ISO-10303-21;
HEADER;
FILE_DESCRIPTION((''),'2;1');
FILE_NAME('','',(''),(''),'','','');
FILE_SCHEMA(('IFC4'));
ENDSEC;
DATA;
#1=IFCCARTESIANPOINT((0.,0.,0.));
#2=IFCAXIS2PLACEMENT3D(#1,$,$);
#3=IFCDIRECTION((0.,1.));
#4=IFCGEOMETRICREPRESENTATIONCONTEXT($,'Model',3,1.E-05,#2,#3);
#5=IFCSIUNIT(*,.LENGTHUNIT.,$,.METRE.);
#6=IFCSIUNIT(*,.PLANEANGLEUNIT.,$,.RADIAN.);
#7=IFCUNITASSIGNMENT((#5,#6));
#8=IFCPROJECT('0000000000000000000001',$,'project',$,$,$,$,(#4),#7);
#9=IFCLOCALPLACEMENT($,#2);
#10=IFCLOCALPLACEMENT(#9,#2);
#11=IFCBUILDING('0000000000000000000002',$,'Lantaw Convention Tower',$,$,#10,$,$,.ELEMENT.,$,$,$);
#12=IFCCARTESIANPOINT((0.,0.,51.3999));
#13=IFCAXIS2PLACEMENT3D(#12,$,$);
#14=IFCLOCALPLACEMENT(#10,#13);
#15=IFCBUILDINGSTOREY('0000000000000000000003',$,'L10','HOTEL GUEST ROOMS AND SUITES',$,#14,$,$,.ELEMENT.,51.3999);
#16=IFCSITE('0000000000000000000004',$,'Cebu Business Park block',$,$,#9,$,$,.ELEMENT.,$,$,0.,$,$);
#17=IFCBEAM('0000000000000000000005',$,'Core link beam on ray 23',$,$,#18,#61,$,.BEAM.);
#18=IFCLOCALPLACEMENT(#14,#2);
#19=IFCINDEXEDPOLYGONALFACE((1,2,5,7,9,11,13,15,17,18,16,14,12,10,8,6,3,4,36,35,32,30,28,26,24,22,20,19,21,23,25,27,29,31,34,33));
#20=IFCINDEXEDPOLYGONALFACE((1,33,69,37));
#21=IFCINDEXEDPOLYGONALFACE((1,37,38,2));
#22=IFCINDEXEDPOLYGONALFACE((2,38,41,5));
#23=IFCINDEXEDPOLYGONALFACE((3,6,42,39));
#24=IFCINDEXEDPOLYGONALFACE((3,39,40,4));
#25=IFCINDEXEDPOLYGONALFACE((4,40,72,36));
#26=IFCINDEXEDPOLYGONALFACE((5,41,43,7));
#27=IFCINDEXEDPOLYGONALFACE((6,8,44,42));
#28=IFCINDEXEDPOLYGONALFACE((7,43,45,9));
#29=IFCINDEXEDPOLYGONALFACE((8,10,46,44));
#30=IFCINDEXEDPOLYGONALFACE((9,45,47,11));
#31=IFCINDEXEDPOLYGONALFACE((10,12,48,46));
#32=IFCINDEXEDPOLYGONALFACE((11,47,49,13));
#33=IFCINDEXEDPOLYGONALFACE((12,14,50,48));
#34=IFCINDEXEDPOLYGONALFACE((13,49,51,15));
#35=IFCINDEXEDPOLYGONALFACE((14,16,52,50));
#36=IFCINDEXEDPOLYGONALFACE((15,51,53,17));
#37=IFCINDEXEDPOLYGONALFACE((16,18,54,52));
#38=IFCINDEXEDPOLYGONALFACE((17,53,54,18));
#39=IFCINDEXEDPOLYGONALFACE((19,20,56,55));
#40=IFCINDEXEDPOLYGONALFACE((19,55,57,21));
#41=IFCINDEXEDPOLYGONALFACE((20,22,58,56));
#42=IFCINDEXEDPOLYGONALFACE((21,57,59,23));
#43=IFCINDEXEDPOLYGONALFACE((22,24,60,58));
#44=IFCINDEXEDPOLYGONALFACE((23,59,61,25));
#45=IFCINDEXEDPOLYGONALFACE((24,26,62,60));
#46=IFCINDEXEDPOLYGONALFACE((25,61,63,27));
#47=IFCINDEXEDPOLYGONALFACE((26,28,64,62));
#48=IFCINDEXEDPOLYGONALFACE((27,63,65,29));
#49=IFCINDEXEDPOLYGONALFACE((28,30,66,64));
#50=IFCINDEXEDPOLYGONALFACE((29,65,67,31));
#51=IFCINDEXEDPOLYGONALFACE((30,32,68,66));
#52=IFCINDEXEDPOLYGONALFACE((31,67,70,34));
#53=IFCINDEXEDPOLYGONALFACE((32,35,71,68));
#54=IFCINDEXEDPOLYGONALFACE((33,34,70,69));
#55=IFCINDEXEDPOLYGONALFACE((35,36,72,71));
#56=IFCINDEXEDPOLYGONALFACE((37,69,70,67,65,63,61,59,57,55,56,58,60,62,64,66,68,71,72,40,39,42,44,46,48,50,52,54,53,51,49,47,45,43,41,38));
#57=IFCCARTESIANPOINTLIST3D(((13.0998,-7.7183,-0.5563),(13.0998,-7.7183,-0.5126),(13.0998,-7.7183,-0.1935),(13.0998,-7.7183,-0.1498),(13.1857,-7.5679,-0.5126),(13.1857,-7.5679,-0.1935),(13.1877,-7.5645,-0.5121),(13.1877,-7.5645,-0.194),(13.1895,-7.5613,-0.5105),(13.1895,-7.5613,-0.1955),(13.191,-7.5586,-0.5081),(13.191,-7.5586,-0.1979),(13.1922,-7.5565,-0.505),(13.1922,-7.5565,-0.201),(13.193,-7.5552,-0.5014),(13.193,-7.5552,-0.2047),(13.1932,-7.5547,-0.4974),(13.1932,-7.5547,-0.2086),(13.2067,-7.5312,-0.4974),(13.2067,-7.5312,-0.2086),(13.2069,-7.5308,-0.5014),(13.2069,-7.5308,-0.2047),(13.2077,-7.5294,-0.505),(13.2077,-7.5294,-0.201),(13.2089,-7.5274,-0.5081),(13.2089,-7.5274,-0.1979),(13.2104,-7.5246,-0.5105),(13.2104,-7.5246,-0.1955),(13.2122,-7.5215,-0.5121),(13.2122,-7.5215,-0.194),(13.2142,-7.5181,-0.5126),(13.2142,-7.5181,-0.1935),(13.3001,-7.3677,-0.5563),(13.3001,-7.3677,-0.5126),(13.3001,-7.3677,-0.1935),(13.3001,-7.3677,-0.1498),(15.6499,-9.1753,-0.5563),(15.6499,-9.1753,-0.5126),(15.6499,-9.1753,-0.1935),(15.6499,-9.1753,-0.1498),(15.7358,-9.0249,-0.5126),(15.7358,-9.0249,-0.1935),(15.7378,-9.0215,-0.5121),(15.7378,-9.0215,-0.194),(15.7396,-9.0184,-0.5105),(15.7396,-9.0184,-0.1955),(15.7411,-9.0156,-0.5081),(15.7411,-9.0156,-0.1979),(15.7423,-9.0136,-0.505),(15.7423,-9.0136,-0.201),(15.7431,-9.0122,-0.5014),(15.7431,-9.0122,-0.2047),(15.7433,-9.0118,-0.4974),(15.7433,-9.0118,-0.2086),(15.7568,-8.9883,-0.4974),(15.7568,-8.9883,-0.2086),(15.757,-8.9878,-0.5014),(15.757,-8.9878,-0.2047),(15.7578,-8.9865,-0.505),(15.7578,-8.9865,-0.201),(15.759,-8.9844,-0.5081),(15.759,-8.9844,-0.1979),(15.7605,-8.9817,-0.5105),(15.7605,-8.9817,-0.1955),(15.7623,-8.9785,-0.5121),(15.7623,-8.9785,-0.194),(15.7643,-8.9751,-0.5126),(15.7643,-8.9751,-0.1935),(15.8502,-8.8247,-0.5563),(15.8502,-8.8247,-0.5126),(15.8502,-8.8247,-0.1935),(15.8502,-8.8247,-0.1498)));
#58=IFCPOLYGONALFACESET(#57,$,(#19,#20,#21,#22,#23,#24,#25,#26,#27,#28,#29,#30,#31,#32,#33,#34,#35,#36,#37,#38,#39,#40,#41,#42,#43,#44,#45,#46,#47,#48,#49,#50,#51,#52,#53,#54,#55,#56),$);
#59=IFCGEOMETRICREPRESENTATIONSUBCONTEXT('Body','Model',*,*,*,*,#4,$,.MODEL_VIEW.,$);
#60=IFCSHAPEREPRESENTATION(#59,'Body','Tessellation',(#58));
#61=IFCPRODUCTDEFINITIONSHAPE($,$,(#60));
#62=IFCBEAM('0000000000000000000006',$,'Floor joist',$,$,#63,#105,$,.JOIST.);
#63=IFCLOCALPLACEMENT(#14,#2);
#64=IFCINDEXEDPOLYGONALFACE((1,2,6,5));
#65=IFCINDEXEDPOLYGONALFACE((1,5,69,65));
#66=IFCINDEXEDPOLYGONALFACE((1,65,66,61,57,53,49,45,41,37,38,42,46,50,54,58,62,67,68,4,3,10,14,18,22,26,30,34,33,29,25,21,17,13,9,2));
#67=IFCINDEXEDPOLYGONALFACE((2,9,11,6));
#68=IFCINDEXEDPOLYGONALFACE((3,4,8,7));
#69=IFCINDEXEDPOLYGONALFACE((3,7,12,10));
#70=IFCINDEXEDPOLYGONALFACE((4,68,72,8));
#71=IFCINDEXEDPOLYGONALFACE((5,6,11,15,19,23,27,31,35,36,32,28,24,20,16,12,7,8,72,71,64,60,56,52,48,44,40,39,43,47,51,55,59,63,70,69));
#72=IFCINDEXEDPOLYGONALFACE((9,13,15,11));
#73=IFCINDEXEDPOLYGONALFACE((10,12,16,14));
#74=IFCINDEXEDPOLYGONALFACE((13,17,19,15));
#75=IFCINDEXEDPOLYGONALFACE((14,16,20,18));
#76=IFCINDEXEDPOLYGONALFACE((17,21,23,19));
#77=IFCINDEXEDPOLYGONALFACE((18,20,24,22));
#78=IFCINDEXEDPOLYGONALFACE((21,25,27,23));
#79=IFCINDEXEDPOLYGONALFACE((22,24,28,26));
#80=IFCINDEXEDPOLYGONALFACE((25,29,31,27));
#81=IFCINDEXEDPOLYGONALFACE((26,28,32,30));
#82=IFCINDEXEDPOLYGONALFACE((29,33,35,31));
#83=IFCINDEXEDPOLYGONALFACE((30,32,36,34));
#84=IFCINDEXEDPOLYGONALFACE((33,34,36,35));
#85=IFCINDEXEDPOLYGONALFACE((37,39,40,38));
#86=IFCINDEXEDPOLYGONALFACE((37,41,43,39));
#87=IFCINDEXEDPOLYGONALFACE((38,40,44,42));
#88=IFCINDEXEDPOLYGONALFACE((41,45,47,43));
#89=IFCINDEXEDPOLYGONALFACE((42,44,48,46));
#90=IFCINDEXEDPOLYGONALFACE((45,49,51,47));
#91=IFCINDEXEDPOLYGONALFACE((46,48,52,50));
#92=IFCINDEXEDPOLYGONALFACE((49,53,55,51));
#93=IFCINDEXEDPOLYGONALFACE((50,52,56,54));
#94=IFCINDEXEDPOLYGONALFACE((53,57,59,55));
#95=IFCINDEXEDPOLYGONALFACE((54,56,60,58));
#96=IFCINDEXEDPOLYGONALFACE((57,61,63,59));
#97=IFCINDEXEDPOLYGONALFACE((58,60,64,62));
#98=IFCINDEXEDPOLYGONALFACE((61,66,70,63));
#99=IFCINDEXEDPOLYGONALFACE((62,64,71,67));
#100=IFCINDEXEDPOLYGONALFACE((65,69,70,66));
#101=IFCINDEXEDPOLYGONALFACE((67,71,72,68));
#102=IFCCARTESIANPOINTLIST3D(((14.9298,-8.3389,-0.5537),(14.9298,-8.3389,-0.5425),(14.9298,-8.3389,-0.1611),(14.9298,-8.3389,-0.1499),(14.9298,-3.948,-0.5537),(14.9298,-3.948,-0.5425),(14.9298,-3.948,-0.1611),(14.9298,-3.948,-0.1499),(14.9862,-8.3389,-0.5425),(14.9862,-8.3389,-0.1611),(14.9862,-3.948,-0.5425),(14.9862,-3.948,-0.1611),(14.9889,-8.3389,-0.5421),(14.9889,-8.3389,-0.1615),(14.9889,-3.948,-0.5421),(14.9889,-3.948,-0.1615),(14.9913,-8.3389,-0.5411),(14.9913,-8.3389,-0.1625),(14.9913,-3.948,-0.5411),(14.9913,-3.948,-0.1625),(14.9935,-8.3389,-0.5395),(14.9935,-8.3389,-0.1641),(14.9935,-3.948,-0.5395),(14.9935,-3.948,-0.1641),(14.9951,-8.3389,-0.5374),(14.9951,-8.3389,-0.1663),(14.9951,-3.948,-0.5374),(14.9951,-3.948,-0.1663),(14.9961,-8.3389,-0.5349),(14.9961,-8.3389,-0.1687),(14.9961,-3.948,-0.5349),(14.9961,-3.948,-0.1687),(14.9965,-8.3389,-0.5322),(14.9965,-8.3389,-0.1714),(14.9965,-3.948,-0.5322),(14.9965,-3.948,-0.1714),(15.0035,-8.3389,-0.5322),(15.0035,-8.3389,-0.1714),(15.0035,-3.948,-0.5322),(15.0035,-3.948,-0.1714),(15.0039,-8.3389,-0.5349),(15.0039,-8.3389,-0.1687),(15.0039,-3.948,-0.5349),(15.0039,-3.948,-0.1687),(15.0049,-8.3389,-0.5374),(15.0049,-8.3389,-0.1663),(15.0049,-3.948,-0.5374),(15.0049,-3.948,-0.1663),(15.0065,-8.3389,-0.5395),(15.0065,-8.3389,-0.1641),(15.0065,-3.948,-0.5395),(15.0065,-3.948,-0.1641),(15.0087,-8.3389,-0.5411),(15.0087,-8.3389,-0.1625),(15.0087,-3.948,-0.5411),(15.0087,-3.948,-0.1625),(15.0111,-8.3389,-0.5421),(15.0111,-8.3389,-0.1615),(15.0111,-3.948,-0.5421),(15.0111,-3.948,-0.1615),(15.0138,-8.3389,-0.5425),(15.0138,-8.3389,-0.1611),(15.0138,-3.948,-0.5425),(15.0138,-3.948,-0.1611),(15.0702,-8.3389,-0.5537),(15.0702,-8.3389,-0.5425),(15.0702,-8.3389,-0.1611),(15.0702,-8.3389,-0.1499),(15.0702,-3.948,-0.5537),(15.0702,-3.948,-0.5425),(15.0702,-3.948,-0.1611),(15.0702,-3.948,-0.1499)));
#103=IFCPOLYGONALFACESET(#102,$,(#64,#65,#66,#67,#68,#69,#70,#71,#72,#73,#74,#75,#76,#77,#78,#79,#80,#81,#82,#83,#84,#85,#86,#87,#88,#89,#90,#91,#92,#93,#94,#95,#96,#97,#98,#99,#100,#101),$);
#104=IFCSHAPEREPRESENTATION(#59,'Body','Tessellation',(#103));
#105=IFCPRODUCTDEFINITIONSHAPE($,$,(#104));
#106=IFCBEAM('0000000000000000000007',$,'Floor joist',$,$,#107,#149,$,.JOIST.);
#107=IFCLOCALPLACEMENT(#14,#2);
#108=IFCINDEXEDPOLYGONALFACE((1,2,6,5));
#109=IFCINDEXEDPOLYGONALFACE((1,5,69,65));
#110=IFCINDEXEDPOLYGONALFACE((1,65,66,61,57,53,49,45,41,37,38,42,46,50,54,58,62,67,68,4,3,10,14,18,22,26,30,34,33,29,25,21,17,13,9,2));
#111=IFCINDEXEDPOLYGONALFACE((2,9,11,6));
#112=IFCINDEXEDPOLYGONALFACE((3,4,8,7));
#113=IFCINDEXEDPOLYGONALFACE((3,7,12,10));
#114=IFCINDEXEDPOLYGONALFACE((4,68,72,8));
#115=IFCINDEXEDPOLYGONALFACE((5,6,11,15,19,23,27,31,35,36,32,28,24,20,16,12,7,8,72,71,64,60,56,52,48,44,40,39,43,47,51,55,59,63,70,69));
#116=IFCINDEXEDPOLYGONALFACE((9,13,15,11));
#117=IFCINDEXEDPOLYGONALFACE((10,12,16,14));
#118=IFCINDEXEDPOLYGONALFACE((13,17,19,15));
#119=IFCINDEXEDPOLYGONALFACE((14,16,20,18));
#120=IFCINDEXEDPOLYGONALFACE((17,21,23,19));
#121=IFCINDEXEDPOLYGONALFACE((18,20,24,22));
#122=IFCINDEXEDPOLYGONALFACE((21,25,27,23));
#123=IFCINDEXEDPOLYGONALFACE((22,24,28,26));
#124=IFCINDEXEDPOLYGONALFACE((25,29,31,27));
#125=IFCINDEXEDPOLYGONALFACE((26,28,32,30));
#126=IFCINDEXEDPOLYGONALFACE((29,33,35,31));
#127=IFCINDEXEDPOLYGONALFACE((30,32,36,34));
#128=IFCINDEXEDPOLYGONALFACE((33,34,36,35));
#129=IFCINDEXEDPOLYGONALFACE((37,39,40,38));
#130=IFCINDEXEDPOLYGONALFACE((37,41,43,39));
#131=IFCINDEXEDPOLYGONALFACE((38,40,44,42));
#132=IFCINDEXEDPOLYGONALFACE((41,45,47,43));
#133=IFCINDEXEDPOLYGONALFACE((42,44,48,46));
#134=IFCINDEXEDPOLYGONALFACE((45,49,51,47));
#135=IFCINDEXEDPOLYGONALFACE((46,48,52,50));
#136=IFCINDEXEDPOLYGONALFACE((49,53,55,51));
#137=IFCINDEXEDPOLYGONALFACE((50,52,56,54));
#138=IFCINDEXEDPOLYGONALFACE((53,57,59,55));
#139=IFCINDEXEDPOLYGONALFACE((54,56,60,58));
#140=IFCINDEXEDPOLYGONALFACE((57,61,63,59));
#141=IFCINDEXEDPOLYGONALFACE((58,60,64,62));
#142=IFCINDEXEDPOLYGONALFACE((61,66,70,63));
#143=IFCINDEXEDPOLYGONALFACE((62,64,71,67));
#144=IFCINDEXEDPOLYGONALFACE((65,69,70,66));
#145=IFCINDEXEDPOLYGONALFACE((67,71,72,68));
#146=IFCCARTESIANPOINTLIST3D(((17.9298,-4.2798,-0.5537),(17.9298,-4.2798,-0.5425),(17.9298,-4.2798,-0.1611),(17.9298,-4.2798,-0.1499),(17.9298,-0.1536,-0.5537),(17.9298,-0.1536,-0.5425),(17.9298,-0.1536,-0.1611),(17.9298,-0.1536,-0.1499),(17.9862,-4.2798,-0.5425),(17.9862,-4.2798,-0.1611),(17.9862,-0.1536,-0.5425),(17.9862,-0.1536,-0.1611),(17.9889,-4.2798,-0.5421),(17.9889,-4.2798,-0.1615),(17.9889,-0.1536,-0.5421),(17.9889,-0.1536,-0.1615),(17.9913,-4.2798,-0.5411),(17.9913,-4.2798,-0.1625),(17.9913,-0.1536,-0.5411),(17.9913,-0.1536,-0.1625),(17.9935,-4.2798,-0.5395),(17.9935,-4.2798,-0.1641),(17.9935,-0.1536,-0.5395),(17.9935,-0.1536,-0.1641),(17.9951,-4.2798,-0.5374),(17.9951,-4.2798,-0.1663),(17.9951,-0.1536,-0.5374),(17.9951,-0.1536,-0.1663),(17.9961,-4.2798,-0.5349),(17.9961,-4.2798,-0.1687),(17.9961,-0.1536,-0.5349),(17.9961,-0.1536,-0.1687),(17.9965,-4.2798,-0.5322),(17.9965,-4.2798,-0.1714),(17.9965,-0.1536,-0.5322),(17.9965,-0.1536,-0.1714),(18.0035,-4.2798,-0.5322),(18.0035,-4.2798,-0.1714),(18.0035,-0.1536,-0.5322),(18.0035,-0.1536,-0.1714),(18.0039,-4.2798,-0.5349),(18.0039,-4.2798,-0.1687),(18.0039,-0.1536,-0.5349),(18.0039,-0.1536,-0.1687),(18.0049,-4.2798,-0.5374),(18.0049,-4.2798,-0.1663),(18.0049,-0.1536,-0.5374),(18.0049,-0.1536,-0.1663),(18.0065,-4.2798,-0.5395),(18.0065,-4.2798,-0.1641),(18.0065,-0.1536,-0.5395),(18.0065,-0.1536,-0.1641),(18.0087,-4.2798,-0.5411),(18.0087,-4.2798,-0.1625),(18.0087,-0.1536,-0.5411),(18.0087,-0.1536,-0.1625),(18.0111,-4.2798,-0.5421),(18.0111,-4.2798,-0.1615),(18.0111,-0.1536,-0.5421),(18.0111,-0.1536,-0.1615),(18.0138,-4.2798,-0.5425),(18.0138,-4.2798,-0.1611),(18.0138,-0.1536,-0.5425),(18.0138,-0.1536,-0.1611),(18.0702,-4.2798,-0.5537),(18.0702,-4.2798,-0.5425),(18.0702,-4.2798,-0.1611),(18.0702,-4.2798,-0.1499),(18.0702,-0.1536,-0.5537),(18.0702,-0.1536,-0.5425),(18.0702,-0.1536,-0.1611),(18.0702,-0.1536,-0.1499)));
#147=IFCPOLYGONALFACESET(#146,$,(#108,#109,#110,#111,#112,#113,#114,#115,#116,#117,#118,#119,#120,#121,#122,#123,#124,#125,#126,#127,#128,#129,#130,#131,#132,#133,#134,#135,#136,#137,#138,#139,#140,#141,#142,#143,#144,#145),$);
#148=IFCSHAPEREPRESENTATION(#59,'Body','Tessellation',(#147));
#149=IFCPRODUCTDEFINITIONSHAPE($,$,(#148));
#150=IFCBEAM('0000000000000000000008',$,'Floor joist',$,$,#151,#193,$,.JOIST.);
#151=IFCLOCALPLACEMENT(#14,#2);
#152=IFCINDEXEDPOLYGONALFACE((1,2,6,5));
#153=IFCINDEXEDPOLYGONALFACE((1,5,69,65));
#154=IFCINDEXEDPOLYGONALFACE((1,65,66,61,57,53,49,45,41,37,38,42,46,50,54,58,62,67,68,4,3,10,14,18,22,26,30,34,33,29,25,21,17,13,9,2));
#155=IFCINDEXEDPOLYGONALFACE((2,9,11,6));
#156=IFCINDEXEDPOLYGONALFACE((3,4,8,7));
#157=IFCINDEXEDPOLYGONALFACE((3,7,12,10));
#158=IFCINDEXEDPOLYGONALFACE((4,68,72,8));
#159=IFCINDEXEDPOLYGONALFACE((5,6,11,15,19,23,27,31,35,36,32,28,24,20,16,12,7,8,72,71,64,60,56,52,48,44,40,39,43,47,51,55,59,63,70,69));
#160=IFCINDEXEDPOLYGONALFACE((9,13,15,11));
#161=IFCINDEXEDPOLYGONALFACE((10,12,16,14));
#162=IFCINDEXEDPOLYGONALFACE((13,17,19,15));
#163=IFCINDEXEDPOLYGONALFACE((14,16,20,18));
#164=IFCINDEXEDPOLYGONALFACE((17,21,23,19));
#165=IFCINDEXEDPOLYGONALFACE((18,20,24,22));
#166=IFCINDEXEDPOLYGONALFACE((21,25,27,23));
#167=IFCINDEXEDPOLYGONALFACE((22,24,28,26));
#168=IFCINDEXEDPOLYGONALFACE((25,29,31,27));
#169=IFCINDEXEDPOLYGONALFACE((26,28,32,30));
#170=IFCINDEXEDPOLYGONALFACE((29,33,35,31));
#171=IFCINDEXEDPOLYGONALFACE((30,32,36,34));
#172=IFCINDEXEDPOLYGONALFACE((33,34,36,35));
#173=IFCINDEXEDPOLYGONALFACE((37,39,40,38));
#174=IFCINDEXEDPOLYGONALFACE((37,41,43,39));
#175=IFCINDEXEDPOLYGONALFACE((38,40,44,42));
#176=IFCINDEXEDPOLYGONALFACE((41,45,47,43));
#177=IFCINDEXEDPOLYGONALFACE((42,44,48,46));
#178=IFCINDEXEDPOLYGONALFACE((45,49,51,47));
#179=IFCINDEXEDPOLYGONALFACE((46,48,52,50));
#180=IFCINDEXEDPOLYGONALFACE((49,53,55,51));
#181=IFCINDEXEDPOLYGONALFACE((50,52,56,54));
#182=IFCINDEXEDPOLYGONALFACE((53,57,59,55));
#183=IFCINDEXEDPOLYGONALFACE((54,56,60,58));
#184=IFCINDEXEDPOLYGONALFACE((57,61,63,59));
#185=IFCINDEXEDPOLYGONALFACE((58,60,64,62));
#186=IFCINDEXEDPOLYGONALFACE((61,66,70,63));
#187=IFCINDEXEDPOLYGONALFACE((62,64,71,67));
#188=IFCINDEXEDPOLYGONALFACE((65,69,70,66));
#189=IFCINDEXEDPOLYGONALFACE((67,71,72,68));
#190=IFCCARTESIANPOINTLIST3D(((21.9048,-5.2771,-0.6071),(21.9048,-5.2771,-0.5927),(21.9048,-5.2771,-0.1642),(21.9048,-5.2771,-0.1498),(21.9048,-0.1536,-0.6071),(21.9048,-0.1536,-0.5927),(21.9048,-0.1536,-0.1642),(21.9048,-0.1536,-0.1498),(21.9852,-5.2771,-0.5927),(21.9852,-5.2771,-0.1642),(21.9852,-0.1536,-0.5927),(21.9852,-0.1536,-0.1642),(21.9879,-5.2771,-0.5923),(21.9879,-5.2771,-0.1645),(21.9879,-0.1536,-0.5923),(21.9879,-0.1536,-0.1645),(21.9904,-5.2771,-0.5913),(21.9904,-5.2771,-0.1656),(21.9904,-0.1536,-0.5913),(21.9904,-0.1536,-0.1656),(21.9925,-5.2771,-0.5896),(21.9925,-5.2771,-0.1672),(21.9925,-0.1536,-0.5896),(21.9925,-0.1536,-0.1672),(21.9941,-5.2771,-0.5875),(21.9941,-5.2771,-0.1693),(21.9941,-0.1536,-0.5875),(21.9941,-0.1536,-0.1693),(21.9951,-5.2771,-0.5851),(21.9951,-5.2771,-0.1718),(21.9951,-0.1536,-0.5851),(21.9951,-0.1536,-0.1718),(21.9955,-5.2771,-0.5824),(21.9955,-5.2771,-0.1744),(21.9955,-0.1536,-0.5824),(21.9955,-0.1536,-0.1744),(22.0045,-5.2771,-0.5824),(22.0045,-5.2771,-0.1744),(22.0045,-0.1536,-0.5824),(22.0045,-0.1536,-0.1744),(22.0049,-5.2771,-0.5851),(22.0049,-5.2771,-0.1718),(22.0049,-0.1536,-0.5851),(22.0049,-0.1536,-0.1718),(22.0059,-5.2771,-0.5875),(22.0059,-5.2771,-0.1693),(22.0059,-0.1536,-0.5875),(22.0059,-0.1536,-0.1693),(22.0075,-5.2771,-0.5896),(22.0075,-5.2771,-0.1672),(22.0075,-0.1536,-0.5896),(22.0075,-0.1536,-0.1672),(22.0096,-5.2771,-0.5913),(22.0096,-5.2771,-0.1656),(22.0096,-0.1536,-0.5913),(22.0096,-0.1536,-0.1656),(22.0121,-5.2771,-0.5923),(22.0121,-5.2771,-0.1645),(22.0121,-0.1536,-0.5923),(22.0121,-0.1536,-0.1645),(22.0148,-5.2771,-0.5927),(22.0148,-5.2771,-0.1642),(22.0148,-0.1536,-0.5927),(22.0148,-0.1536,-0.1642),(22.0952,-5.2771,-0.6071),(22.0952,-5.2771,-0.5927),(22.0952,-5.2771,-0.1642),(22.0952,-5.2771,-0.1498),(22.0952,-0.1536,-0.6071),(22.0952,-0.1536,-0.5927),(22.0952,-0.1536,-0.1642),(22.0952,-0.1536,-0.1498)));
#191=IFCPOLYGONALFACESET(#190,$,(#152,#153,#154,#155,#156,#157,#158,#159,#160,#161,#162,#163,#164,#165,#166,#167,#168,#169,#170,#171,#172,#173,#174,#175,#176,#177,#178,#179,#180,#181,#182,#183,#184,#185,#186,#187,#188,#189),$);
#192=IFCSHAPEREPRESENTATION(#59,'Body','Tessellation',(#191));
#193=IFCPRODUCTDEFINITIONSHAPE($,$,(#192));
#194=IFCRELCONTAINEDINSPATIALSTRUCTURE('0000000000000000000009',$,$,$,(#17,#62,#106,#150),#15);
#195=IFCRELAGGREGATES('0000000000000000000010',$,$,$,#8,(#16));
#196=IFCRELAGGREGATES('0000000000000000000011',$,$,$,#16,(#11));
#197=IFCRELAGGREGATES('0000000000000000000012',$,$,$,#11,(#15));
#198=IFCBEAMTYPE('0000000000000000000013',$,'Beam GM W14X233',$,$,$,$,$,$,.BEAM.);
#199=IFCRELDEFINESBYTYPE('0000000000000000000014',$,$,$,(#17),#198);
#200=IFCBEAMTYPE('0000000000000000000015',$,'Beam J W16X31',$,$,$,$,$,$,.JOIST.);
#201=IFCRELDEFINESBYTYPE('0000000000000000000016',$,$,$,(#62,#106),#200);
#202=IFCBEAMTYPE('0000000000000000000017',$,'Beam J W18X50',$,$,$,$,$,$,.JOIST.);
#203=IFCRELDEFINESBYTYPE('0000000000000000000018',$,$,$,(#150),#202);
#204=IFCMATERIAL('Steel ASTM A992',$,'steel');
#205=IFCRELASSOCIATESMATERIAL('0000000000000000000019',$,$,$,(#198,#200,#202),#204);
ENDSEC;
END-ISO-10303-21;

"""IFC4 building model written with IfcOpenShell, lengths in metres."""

from ifc_helpers import new_model, si_unit, direction, frame, origin, origin_2d, place, context, subcontext, project, spatial, i_section, extrude, material, material_profile, profile_set, type_object, element, save


model = new_model("IFC4")

# Units and contexts
model_context = context("Model", 3, precision=1e-05, world=origin(), true_north=direction((0.0, 1.0)))
body_context = subcontext(model_context, "Body", "Model", "MODEL_VIEW")
ifc_project = project(units=[si_unit("LENGTHUNIT", "METRE"), si_unit("PLANEANGLEUNIT", "RADIAN")], contexts=[model_context])

# Site, building, storey
site_placement = place(None, origin())
site = spatial("IfcSite", under=ifc_project, at=site_placement, Name="Cebu Business Park block", CompositionType="ELEMENT", RefElevation=0.0)
building_placement = place(site_placement, origin())
building = spatial("IfcBuilding", under=site, at=building_placement, Name="Lantaw Convention Tower", CompositionType="ELEMENT")
storey_placement = place(building_placement, frame((0.0, 0.0, 51.3999)))
storey = spatial("IfcBuildingStorey", under=building, at=storey_placement, Name="L10", Description="HOTEL GUEST ROOMS AND SUITES", CompositionType="ELEMENT", Elevation=51.3999)

# Beams
ifc_material_1 = material(Name="Steel ASTM A992", Category="steel")
ifc_material_profile_1 = material_profile(ifc_material_1, i_section(OverallWidth=0.4038, OverallDepth=0.4065, WebThickness=0.0271, FlangeThickness=0.0437, FilletRadius=0.0151, at=origin_2d()), Name="W14X233")
ifc_profile_set_1 = profile_set([ifc_material_profile_1], Name="Steel ASTM A992")
beam_type_1 = type_object("IfcBeamType", Name="Beam GM W14X233", PredefinedType="BEAM", material=ifc_profile_set_1)
beam_1_placement = place(storey_placement, frame((13.2, -7.543, -0.353), z_axis=(0.868264, -0.496103, 0.0), x_axis=(0.496103, 0.868264, 0.0)))
element("IfcBeam", 1, at=beam_1_placement, inside=storey, type_object=beam_type_1, Name="Core link beam on ray 23", PredefinedType="BEAM", context=body_context, shape_type="SweptSolid", body=[
    extrude(i_section(OverallWidth=0.4038, OverallDepth=0.4065, WebThickness=0.0271, FlangeThickness=0.0437, FilletRadius=0.0151, at=origin_2d()), origin(), (0.0, 0.0, 1.0), 2.937),
])
ifc_material_profile_2 = material_profile(ifc_material_1, i_section(OverallWidth=0.1404, OverallDepth=0.4038, WebThickness=0.0071, FlangeThickness=0.0112, FilletRadius=0.0103, at=origin_2d()), Name="W16X31")
ifc_profile_set_2 = profile_set([ifc_material_profile_2], Name="Steel ASTM A992")
beam_type_2 = type_object("IfcBeamType", Name="Beam J W16X31", PredefinedType="JOIST", material=ifc_profile_set_2)
beam_2_placement = place(storey_placement, frame((15.0, -8.3389, -0.3518), z_axis=(0.0, 1.0, 0.0), x_axis=(-1.0, 0.0, 0.0)))
element("IfcBeam", 2, at=beam_2_placement, inside=storey, type_object=beam_type_2, Name="Floor joist", PredefinedType="JOIST", context=body_context, shape_type="SweptSolid", body=[
    extrude(i_section(OverallWidth=0.1404, OverallDepth=0.4038, WebThickness=0.0071, FlangeThickness=0.0112, FilletRadius=0.0103, at=origin_2d()), origin(), (0.0, 0.0, 1.0), 4.3909),
])
beam_3_placement = place(storey_placement, frame((18.0, -4.2798, -0.3518), z_axis=(0.0, 1.0, 0.0), x_axis=(-1.0, 0.0, 0.0)))
element("IfcBeam", 3, at=beam_3_placement, inside=storey, type_object=beam_type_2, Name="Floor joist", PredefinedType="JOIST", context=body_context, shape_type="SweptSolid", body=[
    extrude(i_section(OverallWidth=0.1404, OverallDepth=0.4038, WebThickness=0.0071, FlangeThickness=0.0112, FilletRadius=0.0103, at=origin_2d()), origin(), (0.0, 0.0, 1.0), 4.1262),
])
ifc_material_profile_3 = material_profile(ifc_material_1, i_section(OverallWidth=0.1904, OverallDepth=0.4573, WebThickness=0.009, FlangeThickness=0.0144, FilletRadius=0.0103, at=origin_2d()), Name="W18X50")
ifc_profile_set_3 = profile_set([ifc_material_profile_3], Name="Steel ASTM A992")
beam_type_3 = type_object("IfcBeamType", Name="Beam J W18X50", PredefinedType="JOIST", material=ifc_profile_set_3)
beam_4_placement = place(storey_placement, frame((22.0, -5.2771, -0.3784), z_axis=(0.0, 1.0, 0.0), x_axis=(-1.0, 0.0, 0.0)))
element("IfcBeam", 4, at=beam_4_placement, inside=storey, type_object=beam_type_3, Name="Floor joist", PredefinedType="JOIST", context=body_context, shape_type="SweptSolid", body=[
    extrude(i_section(OverallWidth=0.1904, OverallDepth=0.4573, WebThickness=0.009, FlangeThickness=0.0144, FilletRadius=0.0103, at=origin_2d()), origin(), (0.0, 0.0, 1.0), 5.1235),
])

save(model, "model.ifc")
